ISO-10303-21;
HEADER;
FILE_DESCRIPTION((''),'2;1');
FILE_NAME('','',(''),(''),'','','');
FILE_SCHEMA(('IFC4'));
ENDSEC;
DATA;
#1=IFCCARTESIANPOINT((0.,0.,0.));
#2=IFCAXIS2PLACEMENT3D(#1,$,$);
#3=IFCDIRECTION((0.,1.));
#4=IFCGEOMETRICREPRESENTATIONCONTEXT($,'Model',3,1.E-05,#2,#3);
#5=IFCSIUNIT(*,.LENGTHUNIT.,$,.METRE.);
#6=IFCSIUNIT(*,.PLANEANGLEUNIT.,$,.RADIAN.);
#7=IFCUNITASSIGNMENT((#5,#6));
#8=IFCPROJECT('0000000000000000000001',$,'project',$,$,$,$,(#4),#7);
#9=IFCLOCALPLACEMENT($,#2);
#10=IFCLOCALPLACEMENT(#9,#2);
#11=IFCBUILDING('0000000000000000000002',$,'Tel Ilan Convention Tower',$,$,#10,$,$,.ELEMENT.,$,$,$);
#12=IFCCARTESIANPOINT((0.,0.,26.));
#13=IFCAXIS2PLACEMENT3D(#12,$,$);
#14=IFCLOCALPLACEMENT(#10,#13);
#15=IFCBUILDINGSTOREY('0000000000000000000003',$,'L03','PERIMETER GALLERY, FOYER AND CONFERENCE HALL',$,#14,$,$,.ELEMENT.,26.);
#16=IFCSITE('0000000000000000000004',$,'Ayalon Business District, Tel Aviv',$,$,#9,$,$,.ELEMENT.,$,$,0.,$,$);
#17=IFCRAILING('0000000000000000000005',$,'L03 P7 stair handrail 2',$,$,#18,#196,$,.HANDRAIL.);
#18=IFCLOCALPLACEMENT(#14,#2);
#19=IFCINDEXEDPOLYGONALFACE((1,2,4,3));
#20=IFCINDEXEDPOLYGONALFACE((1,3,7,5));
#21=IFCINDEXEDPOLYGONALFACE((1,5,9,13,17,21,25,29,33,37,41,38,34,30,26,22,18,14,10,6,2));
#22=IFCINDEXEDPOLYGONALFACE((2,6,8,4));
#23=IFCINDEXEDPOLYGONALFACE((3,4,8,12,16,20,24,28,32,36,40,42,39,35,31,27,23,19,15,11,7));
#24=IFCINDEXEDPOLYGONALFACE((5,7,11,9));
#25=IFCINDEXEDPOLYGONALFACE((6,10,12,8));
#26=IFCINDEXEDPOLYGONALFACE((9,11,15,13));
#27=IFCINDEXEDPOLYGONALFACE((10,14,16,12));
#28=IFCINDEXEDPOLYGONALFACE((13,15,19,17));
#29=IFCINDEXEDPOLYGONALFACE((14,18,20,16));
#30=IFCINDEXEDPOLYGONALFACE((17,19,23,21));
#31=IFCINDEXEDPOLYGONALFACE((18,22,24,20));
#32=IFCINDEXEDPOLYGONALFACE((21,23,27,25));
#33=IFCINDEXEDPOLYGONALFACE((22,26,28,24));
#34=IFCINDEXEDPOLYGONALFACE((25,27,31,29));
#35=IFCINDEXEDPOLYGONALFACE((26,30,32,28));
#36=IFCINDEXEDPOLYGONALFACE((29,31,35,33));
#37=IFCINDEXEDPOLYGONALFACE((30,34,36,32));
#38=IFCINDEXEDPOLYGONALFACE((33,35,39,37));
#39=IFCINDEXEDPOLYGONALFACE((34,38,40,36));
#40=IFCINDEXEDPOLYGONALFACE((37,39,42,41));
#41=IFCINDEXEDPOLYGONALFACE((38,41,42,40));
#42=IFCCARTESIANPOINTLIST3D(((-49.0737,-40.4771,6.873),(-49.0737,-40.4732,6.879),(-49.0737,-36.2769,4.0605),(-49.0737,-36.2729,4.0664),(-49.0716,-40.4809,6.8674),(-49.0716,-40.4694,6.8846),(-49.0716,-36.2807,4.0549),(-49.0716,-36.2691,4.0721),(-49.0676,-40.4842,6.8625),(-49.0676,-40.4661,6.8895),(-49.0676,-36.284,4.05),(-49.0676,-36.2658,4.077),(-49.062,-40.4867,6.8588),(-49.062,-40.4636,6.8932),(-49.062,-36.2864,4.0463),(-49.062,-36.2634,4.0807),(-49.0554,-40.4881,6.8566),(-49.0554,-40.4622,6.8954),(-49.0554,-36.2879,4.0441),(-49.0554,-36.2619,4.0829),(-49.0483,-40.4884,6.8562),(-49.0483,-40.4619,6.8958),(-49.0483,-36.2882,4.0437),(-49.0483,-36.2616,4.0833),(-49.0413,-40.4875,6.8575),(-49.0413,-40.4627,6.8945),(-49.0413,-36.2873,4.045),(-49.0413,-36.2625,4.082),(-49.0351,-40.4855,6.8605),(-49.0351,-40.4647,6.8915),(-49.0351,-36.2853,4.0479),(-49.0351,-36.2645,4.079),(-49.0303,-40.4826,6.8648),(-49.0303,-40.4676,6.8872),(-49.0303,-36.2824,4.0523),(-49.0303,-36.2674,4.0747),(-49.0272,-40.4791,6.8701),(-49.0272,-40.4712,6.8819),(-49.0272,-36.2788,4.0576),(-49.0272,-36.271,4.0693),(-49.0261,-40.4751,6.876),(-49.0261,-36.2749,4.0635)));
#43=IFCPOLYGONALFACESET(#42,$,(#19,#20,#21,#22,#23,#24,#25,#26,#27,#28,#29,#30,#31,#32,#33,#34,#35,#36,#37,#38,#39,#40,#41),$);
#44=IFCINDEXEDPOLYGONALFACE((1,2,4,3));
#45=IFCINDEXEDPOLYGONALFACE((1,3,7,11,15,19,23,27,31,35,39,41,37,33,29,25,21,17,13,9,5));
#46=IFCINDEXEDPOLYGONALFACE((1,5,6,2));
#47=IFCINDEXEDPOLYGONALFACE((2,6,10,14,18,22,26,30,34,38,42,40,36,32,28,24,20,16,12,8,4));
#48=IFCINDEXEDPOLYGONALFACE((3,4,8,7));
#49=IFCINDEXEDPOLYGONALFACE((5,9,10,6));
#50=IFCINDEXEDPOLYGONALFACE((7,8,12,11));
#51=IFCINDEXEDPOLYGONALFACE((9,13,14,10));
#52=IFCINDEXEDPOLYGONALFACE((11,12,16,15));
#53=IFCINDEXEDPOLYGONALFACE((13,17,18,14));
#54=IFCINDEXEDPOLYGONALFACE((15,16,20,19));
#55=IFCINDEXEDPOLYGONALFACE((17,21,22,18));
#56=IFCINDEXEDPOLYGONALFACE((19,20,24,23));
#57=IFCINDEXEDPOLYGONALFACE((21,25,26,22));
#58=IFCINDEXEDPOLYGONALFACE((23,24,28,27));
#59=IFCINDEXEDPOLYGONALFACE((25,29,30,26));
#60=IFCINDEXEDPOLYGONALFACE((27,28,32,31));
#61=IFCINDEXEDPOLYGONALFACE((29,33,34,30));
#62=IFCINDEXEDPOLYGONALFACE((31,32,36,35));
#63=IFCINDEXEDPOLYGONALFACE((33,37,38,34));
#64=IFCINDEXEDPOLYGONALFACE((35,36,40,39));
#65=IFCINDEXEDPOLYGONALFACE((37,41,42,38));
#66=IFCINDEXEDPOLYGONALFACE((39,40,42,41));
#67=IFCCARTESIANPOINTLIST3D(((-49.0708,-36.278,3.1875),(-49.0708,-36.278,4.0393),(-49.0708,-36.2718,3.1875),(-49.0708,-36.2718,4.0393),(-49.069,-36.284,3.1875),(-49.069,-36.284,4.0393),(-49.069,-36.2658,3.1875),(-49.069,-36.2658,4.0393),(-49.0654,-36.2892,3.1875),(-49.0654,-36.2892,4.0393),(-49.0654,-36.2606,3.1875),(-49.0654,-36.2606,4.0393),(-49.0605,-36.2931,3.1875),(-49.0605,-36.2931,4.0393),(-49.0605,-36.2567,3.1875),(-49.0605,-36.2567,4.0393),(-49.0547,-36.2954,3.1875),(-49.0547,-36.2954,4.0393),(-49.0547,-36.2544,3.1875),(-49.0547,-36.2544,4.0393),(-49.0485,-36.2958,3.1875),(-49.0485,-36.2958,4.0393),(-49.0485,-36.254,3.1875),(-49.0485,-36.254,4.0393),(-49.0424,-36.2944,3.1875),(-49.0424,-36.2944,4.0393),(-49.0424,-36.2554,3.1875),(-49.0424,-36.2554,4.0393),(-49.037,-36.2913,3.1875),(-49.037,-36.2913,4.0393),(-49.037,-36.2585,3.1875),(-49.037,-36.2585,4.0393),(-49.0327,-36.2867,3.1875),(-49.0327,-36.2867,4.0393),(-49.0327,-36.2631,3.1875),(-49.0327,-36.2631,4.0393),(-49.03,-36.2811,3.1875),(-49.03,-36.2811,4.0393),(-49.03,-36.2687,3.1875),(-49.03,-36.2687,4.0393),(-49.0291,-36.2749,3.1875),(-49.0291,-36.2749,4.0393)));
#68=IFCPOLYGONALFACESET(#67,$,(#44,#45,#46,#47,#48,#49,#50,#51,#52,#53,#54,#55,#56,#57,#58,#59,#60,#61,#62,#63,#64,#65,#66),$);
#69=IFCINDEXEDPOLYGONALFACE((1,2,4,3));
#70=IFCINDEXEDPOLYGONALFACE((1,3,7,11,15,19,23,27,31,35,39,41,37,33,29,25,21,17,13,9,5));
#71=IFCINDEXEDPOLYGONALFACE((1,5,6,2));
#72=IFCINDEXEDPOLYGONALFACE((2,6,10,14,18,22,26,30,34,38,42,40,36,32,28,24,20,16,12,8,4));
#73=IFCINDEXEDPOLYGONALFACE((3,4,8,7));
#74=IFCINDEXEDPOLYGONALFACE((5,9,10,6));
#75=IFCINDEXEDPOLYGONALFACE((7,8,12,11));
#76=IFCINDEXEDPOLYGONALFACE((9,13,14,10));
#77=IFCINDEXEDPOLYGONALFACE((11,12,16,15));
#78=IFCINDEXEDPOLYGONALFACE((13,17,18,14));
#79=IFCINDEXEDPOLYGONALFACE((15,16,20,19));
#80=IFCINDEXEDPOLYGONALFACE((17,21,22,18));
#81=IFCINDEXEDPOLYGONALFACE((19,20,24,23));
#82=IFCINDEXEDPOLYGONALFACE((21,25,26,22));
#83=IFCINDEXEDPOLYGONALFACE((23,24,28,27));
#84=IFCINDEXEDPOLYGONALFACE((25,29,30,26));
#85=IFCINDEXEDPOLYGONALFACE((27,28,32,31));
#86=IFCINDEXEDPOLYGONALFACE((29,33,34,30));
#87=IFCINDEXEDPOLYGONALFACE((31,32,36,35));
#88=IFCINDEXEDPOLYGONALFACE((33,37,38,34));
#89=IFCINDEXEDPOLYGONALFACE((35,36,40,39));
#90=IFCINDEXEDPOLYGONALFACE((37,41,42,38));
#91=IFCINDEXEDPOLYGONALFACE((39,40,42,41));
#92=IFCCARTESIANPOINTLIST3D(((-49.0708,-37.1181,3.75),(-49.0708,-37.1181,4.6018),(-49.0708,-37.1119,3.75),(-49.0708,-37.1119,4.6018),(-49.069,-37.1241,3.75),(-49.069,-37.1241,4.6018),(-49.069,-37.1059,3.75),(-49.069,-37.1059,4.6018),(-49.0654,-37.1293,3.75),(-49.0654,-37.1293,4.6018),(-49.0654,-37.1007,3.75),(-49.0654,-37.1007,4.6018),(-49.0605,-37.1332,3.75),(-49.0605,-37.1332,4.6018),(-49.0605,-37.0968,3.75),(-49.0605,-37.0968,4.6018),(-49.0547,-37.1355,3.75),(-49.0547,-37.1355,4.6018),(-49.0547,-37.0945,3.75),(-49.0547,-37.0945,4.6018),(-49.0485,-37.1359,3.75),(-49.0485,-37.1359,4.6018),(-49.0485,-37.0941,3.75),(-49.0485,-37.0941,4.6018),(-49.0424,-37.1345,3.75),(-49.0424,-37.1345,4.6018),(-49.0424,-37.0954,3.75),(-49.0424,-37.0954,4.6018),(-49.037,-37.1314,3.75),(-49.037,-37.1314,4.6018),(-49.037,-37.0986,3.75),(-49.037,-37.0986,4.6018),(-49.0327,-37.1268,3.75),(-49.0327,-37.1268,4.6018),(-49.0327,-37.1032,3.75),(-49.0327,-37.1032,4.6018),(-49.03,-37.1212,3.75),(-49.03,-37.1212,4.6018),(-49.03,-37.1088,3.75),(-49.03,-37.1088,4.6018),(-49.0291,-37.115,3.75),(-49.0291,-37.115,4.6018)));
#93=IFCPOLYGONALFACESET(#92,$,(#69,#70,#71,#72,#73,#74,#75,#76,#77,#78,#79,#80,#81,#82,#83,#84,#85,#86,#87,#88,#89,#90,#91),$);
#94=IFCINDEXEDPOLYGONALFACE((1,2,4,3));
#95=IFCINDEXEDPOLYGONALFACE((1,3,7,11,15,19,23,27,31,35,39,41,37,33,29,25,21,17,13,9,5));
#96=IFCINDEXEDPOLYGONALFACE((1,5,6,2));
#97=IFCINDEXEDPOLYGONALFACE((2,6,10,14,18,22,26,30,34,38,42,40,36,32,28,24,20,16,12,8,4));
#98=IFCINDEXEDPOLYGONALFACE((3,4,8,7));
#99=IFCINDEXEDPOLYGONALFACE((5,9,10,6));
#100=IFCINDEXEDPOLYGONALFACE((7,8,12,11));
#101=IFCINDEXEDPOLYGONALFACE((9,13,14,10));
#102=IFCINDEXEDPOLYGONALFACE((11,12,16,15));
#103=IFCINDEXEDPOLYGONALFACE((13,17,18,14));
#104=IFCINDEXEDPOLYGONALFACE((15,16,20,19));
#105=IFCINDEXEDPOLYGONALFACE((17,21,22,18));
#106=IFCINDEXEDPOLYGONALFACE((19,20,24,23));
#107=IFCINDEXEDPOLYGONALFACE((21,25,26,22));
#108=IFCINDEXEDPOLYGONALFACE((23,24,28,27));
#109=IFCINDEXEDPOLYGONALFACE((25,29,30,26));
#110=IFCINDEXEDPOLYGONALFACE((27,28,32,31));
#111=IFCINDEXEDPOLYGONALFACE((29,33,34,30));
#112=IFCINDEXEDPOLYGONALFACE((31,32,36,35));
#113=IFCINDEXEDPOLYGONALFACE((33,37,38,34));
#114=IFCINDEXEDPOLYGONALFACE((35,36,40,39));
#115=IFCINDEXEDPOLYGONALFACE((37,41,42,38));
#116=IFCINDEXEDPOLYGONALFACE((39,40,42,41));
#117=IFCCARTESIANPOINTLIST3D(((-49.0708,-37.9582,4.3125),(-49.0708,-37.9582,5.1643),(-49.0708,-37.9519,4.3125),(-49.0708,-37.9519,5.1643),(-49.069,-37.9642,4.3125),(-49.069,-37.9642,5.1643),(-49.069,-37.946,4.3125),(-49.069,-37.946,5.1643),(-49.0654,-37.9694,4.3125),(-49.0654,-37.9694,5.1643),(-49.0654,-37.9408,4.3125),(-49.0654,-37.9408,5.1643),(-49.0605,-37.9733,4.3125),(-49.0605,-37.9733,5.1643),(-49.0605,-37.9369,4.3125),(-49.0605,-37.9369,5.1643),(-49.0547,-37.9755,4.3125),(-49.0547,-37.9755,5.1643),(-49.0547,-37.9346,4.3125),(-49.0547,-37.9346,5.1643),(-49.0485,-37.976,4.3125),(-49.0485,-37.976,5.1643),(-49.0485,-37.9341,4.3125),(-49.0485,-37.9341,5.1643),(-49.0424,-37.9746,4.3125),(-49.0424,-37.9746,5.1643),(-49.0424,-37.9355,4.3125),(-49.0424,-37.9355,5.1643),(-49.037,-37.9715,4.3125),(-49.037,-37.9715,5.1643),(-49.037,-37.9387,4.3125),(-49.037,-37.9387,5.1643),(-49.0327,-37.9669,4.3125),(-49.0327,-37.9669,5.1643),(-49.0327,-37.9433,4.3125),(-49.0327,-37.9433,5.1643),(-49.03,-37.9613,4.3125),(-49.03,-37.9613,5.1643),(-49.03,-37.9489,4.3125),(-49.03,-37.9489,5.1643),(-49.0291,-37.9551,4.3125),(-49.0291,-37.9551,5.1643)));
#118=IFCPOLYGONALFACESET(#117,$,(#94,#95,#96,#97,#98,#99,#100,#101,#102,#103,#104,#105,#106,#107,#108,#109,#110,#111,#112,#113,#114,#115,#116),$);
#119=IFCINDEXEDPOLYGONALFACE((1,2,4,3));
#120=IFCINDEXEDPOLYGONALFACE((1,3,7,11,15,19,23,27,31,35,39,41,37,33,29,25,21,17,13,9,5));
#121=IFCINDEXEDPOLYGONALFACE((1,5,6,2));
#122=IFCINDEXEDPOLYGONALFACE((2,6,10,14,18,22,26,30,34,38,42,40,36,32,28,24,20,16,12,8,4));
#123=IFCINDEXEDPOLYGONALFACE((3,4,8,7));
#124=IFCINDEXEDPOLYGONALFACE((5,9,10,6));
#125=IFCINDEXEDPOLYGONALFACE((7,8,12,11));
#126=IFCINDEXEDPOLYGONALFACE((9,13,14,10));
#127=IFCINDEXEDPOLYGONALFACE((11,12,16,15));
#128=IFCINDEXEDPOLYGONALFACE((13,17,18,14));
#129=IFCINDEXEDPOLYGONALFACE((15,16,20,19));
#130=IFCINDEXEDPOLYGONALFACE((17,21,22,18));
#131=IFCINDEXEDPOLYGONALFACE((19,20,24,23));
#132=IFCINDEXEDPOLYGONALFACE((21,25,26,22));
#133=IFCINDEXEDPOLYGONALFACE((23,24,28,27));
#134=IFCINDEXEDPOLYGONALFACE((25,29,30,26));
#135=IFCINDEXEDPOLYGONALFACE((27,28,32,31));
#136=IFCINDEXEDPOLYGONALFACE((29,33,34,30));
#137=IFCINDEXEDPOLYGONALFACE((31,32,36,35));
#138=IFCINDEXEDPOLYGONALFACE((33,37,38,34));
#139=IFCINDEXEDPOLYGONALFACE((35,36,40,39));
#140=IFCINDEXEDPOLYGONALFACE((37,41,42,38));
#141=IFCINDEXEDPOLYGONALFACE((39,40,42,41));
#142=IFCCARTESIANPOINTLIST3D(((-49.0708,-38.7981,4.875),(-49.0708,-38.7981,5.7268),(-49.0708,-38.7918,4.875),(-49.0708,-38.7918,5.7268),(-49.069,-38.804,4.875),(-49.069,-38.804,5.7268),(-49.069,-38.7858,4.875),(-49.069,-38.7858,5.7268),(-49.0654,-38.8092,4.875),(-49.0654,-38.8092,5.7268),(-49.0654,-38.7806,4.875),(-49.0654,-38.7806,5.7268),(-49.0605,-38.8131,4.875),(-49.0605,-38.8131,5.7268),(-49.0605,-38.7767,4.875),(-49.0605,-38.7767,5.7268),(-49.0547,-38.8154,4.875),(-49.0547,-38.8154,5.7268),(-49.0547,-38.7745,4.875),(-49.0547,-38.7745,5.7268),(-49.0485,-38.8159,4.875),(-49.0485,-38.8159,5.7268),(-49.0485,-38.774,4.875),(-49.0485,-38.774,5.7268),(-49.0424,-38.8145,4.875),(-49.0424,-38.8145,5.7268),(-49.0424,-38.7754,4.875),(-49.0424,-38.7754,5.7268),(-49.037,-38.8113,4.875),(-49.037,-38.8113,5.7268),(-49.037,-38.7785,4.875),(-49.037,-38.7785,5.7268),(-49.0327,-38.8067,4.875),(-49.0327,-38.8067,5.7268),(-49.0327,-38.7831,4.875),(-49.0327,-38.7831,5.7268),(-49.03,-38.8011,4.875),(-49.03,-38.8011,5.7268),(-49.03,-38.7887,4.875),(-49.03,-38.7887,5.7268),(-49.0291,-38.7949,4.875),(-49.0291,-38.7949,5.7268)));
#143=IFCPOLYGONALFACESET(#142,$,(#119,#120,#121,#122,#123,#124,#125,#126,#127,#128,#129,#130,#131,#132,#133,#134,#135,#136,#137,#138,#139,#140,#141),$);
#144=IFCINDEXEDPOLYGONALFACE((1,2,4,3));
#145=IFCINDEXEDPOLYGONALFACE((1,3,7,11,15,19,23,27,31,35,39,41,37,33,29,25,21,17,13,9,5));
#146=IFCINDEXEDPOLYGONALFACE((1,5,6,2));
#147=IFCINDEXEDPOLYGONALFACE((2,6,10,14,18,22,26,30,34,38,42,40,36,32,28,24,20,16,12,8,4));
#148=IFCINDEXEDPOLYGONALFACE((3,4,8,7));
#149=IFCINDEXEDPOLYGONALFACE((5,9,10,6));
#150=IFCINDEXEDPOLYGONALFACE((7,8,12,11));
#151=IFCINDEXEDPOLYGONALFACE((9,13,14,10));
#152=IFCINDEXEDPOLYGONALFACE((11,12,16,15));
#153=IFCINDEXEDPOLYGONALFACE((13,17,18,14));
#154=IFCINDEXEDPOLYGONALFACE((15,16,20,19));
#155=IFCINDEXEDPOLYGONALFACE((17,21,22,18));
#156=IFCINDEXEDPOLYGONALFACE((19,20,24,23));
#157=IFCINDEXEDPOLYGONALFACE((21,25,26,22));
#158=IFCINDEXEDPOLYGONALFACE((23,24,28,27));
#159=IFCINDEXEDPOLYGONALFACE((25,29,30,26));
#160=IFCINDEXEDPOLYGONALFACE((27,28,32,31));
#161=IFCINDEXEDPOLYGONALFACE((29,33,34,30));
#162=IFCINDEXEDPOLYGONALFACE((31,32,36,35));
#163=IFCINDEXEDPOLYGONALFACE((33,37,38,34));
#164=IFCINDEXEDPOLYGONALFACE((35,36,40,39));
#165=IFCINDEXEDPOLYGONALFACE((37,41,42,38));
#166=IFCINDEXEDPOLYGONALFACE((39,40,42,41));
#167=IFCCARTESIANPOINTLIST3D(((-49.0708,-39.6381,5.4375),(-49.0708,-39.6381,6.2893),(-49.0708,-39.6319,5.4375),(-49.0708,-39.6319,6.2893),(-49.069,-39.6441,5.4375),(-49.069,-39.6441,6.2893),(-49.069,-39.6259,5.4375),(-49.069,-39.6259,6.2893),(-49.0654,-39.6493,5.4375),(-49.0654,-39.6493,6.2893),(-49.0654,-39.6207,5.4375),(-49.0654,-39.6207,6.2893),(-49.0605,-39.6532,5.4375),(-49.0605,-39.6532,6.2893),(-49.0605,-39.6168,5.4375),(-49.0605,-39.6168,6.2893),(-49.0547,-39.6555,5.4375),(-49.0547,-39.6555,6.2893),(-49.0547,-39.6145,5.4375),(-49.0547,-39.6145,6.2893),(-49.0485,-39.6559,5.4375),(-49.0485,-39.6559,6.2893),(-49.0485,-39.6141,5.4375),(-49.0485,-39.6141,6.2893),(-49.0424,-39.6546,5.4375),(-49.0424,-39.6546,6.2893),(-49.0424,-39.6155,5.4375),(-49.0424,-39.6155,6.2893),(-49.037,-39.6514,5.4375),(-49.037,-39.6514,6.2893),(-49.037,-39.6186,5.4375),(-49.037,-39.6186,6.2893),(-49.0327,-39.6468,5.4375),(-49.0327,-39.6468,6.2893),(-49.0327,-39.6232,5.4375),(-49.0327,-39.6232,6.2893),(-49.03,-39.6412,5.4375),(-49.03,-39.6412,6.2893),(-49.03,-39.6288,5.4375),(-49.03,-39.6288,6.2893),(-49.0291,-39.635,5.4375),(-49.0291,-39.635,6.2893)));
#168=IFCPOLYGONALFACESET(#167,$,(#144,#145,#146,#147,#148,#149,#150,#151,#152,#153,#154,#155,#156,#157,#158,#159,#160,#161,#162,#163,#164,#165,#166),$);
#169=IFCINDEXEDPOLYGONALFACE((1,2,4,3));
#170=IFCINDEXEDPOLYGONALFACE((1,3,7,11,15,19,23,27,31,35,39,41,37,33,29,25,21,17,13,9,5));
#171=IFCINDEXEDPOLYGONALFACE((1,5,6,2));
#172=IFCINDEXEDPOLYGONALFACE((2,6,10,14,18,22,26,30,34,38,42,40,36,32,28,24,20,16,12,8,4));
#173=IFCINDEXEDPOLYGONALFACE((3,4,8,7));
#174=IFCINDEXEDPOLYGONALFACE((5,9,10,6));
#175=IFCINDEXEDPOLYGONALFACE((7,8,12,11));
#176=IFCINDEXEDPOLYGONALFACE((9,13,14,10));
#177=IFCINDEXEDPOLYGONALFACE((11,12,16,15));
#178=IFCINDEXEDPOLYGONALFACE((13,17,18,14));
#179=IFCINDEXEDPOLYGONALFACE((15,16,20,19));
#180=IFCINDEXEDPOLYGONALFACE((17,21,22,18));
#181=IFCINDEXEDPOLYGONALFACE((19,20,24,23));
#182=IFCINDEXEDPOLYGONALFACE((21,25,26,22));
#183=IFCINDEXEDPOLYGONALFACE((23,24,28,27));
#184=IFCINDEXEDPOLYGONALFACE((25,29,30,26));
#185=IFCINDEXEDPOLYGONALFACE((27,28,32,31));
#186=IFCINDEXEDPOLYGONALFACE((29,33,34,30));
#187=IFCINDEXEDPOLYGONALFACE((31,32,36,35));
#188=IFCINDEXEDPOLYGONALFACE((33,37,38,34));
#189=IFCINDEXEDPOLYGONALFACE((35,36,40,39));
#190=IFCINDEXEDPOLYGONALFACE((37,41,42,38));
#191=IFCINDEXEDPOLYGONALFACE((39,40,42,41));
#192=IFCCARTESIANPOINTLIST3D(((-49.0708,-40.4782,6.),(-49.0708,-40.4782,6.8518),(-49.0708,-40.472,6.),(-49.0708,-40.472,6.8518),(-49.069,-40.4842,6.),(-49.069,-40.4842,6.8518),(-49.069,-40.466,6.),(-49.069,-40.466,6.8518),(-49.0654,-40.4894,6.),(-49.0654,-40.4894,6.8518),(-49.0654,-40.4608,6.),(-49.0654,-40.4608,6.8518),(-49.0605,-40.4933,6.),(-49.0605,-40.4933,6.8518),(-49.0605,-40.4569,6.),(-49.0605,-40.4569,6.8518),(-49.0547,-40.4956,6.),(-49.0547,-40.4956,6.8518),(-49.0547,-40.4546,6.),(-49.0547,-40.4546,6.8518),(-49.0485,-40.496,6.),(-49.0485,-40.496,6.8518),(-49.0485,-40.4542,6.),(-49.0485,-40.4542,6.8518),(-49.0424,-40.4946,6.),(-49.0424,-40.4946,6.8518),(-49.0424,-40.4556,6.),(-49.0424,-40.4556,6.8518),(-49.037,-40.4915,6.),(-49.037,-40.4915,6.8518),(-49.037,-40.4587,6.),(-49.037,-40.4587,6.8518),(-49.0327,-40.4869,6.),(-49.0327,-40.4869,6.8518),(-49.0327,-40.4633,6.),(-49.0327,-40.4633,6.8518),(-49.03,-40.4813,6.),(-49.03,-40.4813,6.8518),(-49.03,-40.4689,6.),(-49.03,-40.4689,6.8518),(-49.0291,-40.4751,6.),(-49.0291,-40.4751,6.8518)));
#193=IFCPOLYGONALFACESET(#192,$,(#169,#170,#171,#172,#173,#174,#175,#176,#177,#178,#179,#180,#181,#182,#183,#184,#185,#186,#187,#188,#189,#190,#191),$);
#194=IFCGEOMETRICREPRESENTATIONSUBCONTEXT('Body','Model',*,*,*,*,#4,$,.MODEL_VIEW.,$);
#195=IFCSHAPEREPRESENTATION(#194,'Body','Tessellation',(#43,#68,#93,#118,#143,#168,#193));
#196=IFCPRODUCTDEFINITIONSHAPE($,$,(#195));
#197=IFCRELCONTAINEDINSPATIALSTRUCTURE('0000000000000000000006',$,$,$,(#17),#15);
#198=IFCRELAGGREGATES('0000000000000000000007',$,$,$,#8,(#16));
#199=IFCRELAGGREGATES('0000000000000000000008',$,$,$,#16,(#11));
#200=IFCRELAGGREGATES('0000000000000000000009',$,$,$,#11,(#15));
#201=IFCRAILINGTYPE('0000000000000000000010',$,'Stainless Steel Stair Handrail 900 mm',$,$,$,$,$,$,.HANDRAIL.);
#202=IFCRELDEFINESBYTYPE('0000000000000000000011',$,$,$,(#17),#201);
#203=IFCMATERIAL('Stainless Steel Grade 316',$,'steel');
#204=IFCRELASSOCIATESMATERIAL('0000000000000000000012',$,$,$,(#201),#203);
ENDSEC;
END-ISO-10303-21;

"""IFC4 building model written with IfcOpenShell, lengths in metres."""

from ifc_helpers import new_model, si_unit, direction, frame, origin, origin_2d, place, context, subcontext, project, spatial, circle, extrude, material, type_object, element, save


model = new_model("IFC4")

# Units and contexts
model_context = context("Model", 3, precision=1e-05, world=origin(), true_north=direction((0.0, 1.0)))
body_context = subcontext(model_context, "Body", "Model", "MODEL_VIEW")
ifc_project = project(units=[si_unit("LENGTHUNIT", "METRE"), si_unit("PLANEANGLEUNIT", "RADIAN")], contexts=[model_context])

# Site, building, storey
site_placement = place(None, origin())
site = spatial("IfcSite", under=ifc_project, at=site_placement, Name="Ayalon Business District, Tel Aviv", CompositionType="ELEMENT", RefElevation=0.0)
building_placement = place(site_placement, origin())
building = spatial("IfcBuilding", under=site, at=building_placement, Name="Tel Ilan Convention Tower", CompositionType="ELEMENT")
storey_placement = place(building_placement, frame((0.0, 0.0, 26.0)))
storey = spatial("IfcBuildingStorey", under=building, at=storey_placement, Name="L03", Description="PERIMETER GALLERY, FOYER AND CONFERENCE HALL", CompositionType="ELEMENT", Elevation=26.0)

# Railing
ifc_material_1 = material(Name="Stainless Steel Grade 316", Category="steel")
railing_type_1 = type_object("IfcRailingType", Name="Stainless Steel Stair Handrail 900 mm", PredefinedType="HANDRAIL", material=ifc_material_1)
railing_1_placement = place(storey_placement, frame((-49.05, -36.2749, 3.1875)))
element("IfcRailing", 1, at=railing_1_placement, inside=storey, type_object=railing_type_1, Name="L03 P7 stair handrail 2", PredefinedType="HANDRAIL", context=body_context, shape_type="SweptSolid", body=[
    extrude(circle(Radius=0.0239, at=origin_2d()), frame((0.0, 0.0, 0.876), z_axis=(0.0, -0.830919, 0.556393), x_axis=(1.0, 0.0, 0.0)), (0.0, 0.0, 1.0), 5.0549),
    extrude(circle(Radius=0.021, at=origin_2d()), origin(), (0.0, 0.0, 1.0), 0.8518),
    extrude(circle(Radius=0.021, at=origin_2d()), frame((0.0, -0.8401, 0.5625)), (0.0, 0.0, 1.0), 0.8518),
    extrude(circle(Radius=0.021, at=origin_2d()), frame((0.0, -1.6802, 1.125)), (0.0, 0.0, 1.0), 0.8518),
    extrude(circle(Radius=0.021, at=origin_2d()), frame((0.0, -2.52, 1.6875)), (0.0, 0.0, 1.0), 0.8518),
    extrude(circle(Radius=0.021, at=origin_2d()), frame((0.0, -3.3601, 2.25)), (0.0, 0.0, 1.0), 0.8518),
    extrude(circle(Radius=0.021, at=origin_2d()), frame((0.0, -4.2002, 2.8125)), (0.0, 0.0, 1.0), 0.8518),
])

save(model, "model.ifc")
